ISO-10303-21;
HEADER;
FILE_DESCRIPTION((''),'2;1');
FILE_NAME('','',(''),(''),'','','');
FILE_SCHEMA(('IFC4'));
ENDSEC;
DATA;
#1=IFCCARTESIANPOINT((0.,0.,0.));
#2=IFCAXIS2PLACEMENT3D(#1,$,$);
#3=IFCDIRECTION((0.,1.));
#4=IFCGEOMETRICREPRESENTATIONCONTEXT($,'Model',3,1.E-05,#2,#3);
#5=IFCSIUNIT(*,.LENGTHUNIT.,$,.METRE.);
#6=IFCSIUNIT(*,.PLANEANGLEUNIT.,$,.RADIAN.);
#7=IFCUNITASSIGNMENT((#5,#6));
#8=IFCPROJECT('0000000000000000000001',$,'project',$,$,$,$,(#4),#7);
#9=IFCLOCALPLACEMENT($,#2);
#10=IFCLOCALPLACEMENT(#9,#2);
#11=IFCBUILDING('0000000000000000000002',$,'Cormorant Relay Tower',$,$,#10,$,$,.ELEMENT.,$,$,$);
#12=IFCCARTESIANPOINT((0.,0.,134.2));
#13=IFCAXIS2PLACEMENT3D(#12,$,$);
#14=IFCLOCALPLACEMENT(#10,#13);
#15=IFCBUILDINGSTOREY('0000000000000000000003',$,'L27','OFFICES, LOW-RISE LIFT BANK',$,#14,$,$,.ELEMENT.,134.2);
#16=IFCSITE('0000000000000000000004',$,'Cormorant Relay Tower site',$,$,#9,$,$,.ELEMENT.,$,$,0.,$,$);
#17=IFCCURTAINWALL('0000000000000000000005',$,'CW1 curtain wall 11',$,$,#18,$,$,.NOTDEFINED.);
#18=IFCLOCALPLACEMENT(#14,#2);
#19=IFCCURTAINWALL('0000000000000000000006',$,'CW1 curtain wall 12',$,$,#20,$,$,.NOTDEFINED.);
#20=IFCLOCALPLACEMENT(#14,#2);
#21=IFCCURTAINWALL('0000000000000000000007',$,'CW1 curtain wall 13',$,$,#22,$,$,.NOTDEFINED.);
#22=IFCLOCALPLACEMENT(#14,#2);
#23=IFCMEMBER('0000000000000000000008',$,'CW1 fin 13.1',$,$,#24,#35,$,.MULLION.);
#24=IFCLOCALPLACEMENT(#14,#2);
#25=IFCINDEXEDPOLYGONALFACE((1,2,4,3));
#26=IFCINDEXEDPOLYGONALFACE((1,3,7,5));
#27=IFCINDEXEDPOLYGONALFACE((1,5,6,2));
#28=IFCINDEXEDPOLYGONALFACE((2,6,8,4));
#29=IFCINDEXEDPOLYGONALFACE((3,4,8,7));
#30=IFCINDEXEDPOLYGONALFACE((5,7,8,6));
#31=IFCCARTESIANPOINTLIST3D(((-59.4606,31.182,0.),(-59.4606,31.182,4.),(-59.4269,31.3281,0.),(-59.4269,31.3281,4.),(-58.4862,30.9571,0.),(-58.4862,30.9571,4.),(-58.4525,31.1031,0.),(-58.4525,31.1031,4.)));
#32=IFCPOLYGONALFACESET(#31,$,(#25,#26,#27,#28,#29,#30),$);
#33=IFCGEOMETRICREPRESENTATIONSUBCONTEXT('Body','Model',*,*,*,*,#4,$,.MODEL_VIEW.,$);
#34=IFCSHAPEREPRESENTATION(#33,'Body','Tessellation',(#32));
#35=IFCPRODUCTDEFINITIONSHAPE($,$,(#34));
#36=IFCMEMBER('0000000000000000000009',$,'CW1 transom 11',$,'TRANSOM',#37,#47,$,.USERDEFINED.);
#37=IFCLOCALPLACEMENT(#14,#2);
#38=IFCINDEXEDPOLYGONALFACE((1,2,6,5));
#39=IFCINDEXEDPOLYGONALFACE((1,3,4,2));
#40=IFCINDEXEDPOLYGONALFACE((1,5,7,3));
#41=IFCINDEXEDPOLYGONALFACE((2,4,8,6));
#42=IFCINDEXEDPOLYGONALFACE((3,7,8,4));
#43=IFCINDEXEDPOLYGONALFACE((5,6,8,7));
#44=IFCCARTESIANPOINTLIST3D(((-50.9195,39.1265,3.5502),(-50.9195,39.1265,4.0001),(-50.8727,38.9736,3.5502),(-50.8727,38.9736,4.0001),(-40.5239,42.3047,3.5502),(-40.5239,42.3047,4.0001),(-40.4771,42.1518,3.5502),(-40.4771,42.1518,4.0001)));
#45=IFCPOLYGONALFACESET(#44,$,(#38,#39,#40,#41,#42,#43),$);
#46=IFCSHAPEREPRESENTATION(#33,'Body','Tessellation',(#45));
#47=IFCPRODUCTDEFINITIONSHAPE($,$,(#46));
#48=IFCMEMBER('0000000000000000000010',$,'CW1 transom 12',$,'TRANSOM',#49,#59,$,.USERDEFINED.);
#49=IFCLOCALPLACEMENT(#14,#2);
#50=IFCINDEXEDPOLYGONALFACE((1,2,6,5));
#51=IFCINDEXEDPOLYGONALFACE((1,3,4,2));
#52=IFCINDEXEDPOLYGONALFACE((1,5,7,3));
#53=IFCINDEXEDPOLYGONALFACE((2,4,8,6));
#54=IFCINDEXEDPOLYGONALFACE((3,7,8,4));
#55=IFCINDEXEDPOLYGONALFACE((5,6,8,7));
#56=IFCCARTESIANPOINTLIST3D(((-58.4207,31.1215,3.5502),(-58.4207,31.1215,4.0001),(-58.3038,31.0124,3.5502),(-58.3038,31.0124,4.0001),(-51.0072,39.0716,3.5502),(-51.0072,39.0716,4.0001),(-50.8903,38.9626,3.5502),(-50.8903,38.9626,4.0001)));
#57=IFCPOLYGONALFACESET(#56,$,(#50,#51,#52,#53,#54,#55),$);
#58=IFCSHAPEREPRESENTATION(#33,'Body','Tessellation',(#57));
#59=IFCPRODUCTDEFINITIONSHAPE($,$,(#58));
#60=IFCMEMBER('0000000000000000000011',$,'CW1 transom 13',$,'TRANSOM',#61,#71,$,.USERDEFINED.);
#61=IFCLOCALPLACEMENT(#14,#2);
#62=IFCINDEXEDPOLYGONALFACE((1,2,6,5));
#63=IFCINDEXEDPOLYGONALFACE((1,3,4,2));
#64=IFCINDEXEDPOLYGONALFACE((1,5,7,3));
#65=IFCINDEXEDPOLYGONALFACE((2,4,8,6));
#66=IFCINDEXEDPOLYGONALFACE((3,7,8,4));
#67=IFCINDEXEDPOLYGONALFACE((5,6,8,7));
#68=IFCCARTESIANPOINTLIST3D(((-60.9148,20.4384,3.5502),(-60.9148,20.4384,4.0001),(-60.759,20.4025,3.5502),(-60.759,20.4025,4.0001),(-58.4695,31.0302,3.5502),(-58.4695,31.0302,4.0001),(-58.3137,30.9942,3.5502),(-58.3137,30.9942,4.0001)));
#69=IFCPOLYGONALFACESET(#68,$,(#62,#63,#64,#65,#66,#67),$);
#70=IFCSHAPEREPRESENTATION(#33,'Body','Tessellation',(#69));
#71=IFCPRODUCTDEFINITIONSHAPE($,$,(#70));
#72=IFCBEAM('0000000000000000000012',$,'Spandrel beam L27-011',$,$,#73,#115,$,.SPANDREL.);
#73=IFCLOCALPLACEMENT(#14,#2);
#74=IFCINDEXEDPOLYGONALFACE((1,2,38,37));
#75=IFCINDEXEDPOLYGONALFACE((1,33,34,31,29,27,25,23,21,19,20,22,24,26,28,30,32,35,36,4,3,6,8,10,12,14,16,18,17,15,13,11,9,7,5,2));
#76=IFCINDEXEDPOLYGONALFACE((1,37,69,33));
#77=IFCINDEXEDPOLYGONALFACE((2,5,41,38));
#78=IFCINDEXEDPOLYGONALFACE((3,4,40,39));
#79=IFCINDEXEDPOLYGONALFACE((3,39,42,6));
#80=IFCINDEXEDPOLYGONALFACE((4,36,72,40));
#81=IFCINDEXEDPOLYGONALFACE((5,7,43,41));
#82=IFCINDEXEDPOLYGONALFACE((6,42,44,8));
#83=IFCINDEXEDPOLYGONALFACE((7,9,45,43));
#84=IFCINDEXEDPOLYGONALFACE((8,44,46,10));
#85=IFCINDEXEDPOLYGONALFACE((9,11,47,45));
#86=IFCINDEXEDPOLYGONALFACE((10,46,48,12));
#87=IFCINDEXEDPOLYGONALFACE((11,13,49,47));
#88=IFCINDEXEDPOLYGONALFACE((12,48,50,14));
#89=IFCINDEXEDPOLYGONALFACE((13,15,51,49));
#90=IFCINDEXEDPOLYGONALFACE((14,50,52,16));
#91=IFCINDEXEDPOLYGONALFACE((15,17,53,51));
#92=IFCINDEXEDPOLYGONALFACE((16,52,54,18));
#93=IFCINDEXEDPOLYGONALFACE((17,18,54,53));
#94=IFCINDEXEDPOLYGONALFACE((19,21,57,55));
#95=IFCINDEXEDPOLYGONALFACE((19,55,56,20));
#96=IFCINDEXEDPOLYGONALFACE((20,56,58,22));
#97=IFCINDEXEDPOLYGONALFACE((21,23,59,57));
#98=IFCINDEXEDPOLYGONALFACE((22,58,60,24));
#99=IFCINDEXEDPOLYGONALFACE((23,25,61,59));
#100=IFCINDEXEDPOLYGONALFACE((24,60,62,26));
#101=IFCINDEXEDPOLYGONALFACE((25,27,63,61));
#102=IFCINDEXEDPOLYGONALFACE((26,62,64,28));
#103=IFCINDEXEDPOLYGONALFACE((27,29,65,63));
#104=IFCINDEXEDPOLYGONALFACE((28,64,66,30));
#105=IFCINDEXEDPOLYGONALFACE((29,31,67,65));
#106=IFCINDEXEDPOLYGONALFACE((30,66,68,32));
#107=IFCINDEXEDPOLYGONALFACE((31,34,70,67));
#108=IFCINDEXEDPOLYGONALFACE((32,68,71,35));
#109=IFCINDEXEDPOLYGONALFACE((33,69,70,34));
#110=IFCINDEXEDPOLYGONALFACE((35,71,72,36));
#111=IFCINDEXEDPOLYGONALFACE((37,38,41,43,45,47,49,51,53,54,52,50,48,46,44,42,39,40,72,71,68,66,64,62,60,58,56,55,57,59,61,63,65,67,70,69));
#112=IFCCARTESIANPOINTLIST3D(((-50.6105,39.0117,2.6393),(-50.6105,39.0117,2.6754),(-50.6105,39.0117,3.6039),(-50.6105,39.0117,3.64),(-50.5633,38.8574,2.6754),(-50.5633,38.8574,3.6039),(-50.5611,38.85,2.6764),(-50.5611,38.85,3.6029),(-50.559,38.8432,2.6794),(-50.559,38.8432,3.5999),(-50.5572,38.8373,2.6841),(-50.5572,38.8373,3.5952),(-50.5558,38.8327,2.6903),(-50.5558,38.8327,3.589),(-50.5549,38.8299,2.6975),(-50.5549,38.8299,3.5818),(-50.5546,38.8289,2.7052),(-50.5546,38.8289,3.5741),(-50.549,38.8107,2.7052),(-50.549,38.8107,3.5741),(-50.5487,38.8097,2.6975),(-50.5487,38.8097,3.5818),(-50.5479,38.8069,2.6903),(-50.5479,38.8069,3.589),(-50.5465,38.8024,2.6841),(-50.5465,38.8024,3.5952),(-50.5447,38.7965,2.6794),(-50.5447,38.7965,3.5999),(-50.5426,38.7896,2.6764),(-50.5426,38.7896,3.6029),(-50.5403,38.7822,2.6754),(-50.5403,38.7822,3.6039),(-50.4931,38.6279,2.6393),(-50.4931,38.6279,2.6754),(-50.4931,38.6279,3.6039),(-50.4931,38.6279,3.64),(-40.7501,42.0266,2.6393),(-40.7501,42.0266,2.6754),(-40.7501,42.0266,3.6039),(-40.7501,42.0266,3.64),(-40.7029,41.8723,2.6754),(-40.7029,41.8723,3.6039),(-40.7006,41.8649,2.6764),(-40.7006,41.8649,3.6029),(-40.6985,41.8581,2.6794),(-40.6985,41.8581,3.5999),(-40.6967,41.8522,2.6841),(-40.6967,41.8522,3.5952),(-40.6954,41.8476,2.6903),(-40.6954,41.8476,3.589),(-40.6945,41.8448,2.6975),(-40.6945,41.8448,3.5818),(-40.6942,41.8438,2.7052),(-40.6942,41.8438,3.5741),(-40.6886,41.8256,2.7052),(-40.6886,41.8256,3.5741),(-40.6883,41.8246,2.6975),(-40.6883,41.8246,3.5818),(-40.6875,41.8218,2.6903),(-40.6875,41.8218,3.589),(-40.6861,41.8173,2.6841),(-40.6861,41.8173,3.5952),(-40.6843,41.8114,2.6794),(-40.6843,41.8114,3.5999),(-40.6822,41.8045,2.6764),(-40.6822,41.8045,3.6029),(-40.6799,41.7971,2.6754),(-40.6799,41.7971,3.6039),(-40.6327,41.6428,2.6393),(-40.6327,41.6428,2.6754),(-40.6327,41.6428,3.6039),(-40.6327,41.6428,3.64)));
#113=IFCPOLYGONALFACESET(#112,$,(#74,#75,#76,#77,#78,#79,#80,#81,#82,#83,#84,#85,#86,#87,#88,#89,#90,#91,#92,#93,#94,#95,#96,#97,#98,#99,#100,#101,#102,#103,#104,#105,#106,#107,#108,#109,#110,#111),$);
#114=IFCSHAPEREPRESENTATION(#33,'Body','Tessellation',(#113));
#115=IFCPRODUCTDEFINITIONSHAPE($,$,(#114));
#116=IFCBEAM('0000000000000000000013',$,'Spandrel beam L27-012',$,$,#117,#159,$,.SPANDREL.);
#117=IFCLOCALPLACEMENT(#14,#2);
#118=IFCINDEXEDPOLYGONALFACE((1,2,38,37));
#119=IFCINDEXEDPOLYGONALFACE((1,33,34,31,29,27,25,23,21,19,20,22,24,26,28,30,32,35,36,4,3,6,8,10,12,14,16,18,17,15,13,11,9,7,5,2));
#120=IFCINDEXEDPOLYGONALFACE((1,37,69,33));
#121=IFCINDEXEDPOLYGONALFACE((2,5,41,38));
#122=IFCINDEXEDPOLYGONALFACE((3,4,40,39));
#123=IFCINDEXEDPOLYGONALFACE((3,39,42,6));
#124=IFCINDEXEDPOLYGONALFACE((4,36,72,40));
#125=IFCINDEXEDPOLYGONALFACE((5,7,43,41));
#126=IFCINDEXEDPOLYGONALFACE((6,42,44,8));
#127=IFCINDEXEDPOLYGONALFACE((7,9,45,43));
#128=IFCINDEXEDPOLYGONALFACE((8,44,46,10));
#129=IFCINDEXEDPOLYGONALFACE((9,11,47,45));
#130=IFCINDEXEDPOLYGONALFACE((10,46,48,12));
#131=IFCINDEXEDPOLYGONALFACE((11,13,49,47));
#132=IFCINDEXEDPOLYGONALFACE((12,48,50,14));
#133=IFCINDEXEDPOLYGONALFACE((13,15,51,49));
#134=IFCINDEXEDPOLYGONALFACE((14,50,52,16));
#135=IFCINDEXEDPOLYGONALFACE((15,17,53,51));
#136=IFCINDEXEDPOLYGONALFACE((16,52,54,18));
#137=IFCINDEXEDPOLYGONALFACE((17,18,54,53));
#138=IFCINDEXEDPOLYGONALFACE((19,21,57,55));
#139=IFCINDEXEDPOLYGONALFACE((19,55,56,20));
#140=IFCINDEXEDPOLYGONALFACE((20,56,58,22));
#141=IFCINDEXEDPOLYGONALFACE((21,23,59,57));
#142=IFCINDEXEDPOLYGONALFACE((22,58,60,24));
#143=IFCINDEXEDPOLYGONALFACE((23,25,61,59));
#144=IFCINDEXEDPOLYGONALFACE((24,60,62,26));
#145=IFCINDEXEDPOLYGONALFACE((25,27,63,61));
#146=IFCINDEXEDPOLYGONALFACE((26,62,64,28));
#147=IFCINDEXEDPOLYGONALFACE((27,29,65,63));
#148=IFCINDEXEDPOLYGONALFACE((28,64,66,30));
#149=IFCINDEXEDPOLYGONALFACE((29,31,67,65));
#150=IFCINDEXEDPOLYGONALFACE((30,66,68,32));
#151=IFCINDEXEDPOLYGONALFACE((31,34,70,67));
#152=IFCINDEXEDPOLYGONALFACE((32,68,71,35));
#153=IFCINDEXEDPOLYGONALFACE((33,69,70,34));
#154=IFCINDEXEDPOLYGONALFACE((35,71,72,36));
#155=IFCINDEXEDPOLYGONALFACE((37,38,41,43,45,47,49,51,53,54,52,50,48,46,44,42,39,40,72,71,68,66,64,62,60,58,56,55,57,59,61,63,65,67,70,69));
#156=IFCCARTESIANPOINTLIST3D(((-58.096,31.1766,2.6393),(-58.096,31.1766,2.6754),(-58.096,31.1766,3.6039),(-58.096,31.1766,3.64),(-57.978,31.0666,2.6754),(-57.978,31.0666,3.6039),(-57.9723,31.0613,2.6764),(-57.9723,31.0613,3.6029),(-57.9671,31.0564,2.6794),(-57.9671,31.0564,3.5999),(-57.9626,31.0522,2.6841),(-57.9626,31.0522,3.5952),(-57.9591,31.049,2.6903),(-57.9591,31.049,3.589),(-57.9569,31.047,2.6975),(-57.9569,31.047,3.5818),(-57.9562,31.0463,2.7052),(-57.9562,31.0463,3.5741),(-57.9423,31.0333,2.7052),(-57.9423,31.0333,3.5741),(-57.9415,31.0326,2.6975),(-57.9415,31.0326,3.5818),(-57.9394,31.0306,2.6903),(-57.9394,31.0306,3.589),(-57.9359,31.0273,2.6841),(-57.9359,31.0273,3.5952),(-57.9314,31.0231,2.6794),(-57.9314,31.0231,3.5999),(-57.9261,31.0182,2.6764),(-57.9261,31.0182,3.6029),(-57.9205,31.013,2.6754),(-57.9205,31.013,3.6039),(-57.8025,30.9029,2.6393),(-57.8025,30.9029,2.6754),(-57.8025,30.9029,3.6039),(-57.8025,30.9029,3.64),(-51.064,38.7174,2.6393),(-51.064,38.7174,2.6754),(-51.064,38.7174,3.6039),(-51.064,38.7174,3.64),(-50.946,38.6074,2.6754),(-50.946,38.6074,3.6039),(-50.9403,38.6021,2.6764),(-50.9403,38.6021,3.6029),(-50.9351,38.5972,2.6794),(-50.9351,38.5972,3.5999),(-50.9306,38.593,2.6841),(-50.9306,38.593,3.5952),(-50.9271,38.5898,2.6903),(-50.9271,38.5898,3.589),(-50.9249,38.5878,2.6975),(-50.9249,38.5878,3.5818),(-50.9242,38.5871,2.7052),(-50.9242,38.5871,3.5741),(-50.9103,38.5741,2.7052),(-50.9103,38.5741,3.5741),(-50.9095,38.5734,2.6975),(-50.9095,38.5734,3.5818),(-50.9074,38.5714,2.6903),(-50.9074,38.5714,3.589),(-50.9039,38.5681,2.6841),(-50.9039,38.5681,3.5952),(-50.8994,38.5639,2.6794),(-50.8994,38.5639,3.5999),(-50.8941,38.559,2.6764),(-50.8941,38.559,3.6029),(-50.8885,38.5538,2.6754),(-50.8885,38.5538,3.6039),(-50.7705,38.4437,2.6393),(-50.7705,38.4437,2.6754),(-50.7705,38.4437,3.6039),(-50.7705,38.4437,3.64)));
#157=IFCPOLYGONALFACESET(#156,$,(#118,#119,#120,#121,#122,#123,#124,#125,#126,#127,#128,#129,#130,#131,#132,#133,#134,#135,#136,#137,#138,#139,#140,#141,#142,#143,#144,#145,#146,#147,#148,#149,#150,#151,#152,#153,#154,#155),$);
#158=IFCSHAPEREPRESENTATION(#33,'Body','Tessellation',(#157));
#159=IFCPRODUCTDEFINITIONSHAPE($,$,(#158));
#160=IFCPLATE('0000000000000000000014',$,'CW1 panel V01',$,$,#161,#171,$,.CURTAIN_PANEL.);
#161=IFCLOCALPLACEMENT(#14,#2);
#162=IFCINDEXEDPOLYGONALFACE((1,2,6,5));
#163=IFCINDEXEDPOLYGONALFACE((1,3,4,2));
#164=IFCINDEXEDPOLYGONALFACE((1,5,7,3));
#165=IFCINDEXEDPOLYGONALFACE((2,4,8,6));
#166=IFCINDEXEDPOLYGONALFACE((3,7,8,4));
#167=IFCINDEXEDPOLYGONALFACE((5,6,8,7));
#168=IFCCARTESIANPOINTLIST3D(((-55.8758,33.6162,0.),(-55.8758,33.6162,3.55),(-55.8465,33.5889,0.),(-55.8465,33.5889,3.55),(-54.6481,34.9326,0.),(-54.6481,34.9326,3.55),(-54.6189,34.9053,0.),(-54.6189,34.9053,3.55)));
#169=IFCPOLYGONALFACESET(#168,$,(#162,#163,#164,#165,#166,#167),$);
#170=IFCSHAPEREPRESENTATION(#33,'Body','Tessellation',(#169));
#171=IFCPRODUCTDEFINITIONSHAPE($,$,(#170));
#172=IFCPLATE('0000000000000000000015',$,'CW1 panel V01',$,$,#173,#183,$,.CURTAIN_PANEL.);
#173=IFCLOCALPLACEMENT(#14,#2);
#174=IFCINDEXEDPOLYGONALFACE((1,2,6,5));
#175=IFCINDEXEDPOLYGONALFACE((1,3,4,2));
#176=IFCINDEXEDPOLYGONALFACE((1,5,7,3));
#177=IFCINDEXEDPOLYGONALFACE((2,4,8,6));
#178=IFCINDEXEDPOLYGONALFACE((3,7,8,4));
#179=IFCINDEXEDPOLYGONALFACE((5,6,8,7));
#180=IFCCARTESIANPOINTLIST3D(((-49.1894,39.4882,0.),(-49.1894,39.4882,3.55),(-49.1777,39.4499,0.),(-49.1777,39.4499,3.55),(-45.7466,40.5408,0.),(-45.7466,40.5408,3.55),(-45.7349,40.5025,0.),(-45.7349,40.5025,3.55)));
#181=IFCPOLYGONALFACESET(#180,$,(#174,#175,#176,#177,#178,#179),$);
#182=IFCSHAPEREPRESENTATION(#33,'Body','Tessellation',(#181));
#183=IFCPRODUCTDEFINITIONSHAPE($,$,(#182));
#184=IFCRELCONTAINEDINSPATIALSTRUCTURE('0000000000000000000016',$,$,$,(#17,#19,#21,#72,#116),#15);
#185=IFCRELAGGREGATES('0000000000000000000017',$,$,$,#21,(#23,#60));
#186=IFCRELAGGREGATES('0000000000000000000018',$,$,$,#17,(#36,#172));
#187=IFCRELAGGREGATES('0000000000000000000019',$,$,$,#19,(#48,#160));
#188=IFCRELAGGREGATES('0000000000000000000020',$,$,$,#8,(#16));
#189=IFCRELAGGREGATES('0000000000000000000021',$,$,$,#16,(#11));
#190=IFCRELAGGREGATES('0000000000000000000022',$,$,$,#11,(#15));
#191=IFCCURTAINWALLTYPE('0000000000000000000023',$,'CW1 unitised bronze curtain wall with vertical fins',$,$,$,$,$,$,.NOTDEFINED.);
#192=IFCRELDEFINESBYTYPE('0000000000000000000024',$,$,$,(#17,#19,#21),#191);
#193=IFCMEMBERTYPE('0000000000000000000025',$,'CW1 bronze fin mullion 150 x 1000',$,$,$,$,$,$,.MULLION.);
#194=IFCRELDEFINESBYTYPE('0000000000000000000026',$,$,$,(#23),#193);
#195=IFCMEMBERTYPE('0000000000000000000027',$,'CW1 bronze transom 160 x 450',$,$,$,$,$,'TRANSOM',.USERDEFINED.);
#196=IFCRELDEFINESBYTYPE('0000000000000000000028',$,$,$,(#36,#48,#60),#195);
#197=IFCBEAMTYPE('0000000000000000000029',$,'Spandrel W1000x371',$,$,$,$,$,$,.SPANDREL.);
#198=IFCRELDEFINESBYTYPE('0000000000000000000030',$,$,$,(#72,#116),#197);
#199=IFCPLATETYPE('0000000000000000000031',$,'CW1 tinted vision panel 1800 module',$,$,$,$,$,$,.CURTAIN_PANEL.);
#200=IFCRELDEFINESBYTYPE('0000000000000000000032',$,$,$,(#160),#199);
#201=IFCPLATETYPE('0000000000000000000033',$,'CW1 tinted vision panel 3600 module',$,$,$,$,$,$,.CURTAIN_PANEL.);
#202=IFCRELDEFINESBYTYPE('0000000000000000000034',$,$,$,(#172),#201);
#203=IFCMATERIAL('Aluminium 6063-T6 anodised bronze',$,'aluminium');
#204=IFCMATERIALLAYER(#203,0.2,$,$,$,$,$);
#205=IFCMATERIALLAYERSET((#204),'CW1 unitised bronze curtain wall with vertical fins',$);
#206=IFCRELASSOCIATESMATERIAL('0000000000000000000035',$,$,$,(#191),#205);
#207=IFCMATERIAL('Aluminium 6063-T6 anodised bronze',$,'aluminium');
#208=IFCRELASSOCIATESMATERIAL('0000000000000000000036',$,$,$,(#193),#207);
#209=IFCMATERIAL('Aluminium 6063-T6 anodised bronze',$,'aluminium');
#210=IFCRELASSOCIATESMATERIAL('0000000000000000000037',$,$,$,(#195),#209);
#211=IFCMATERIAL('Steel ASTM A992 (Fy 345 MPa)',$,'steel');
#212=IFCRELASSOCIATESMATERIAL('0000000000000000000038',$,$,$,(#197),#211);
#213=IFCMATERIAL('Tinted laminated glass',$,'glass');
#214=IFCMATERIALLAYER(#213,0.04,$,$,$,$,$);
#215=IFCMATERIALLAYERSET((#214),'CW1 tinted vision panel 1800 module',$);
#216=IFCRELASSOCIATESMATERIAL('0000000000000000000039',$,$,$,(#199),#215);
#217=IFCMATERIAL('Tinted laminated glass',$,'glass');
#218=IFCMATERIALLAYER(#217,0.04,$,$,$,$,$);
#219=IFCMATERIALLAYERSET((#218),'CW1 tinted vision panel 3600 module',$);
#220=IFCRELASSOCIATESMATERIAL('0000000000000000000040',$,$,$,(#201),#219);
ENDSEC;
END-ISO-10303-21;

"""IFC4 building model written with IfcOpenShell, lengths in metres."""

from ifc_helpers import new_model, si_unit, direction, frame, origin, origin_2d, place, context, subcontext, project, spatial, rectangle, i_section, extrude, material, layer, layer_set, material_profile, profile_set, type_object, element, aggregate, save


model = new_model("IFC4")

# Units and contexts
model_context = context("Model", 3, precision=1e-05, world=origin(), true_north=direction((0.0, 1.0)))
body_context = subcontext(model_context, "Body", "Model", "MODEL_VIEW")
ifc_project = project(units=[si_unit("LENGTHUNIT", "METRE"), si_unit("PLANEANGLEUNIT", "RADIAN")], contexts=[model_context])

# Site, building, storey
site_placement = place(None, origin())
site = spatial("IfcSite", under=ifc_project, at=site_placement, Name="Cormorant Relay Tower site", CompositionType="ELEMENT", RefElevation=0.0)
building_placement = place(site_placement, origin())
building = spatial("IfcBuilding", under=site, at=building_placement, Name="Cormorant Relay Tower", CompositionType="ELEMENT")
storey_placement = place(building_placement, frame((0.0, 0.0, 134.2)))
storey = spatial("IfcBuildingStorey", under=building, at=storey_placement, Name="L27", Description="OFFICES, LOW-RISE LIFT BANK", CompositionType="ELEMENT", Elevation=134.2)

# Curtain walls
ifc_material_1 = material(Name="Aluminium 6063-T6 anodised bronze", Category="aluminium")
ifc_layer_1 = layer(ifc_material_1, 0.2)
ifc_layer_set_1 = layer_set([ifc_layer_1], Name="CW1 unitised bronze curtain wall with vertical fins")
curtain_wall_type = type_object("IfcCurtainWallType", Name="CW1 unitised bronze curtain wall with vertical fins", PredefinedType="NOTDEFINED", material=ifc_layer_set_1)
curtain_wall_1_placement = place(storey_placement, origin())
curtain_wall_1 = element("IfcCurtainWall", 1, at=curtain_wall_1_placement, inside=storey, type_object=curtain_wall_type, Name="CW1 curtain wall 11", PredefinedType="NOTDEFINED")
ifc_material_2 = material(Name="Aluminium 6063-T6 anodised bronze", Category="aluminium")
ifc_material_profile_1 = material_profile(ifc_material_2, rectangle(XDim=0.1499, YDim=1.0, at=origin_2d()), Name="AL 150x1000")
ifc_profile_set_1 = profile_set([ifc_material_profile_1], Name="Aluminium 6063-T6 anodised bronze")
member_type_1 = type_object("IfcMemberType", Name="CW1 bronze fin mullion 150 x 1000", PredefinedType="MULLION", material=ifc_profile_set_1)
curtain_wall_2_placement = place(storey_placement, origin())
curtain_wall_2 = element("IfcCurtainWall", 2, at=curtain_wall_2_placement, inside=storey, type_object=curtain_wall_type, Name="CW1 curtain wall 12", PredefinedType="NOTDEFINED")

# Curtain wall, member
curtain_wall_3_placement = place(storey_placement, origin())
curtain_wall_3 = element("IfcCurtainWall", 3, at=curtain_wall_3_placement, inside=storey, type_object=curtain_wall_type, Name="CW1 curtain wall 13", PredefinedType="NOTDEFINED")
member_1_placement = place(storey_placement, frame((-58.9565, 31.1426, 0.0), z_axis=(0.0, 0.0, 1.0), x_axis=(-0.224951, -0.97437, 0.0)))
member_1 = element("IfcMember", 4, at=member_1_placement, type_object=member_type_1, Name="CW1 fin 13.1", PredefinedType="MULLION", context=body_context, shape_type="SweptSolid", body=[
    extrude(rectangle(XDim=0.1499, YDim=1.0, at=origin_2d()), origin(), (0.0, 0.0, 1.0), 4.0),
])

# Members
ifc_material_3 = material(Name="Aluminium 6063-T6 anodised bronze", Category="aluminium")
ifc_material_profile_2 = material_profile(ifc_material_3, rectangle(XDim=0.1599, YDim=0.45, at=origin_2d()), Name="AL 160x450")
ifc_profile_set_2 = profile_set([ifc_material_profile_2], Name="Aluminium 6063-T6 anodised bronze")
member_type_2 = type_object("IfcMemberType", Name="CW1 bronze transom 160 x 450", ElementType="TRANSOM", PredefinedType="USERDEFINED", material=ifc_profile_set_2)
member_2_placement = place(storey_placement, frame((-40.5005, 42.2283, 3.7751), z_axis=(-0.956305, -0.292371, 0.0), x_axis=(0.292371, -0.956305, 0.0)))
member_2 = element("IfcMember", 5, at=member_2_placement, type_object=member_type_2, Name="CW1 transom 11", ObjectType="TRANSOM", PredefinedType="USERDEFINED", context=body_context, shape_type="SweptSolid", body=[
    extrude(rectangle(XDim=0.1599, YDim=0.45, at=origin_2d()), origin(), (0.0, 0.0, 1.0), 10.8706),
])
member_3_placement = place(storey_placement, frame((-50.9487, 39.0171, 3.7751), z_axis=(-0.681993, -0.731358, 0.0), x_axis=(0.731358, -0.681993, 0.0)))
member_3 = element("IfcMember", 6, at=member_3_placement, type_object=member_type_2, Name="CW1 transom 12", ObjectType="TRANSOM", PredefinedType="USERDEFINED", context=body_context, shape_type="SweptSolid", body=[
    extrude(rectangle(XDim=0.1599, YDim=0.45, at=origin_2d()), origin(), (0.0, 0.0, 1.0), 10.8704),
])
member_4_placement = place(storey_placement, frame((-58.3916, 31.0122, 3.7751), z_axis=(-0.224951, -0.97437, 0.0), x_axis=(0.97437, -0.224951, 0.0)))
member_4 = element("IfcMember", 7, at=member_4_placement, type_object=member_type_2, Name="CW1 transom 13", ObjectType="TRANSOM", PredefinedType="USERDEFINED", context=body_context, shape_type="SweptSolid", body=[
    extrude(rectangle(XDim=0.1599, YDim=0.45, at=origin_2d()), origin(), (0.0, 0.0, 1.0), 10.8704),
])
aggregate(curtain_wall_3, [member_1, member_4])

# Beams
ifc_material_4 = material(Name="Steel ASTM A992 (Fy 345 MPa)", Category="steel")
ifc_material_profile_3 = material_profile(ifc_material_4, i_section(OverallWidth=0.4014, OverallDepth=1.0007, WebThickness=0.019, FlangeThickness=0.0361, FilletRadius=0.0298, at=origin_2d()), Name="W1000x371")
ifc_profile_set_3 = profile_set([ifc_material_profile_3], Name="Steel ASTM A992 (Fy 345 MPa)")
beam_type = type_object("IfcBeamType", Name="Spandrel W1000x371", PredefinedType="SPANDREL", material=ifc_profile_set_3)
beam_1_placement = place(storey_placement, frame((-40.6914, 41.8347, 3.1396), z_axis=(-0.956297, -0.292397, 0.0), x_axis=(0.292397, -0.956297, 0.0)))
element("IfcBeam", 8, at=beam_1_placement, inside=storey, type_object=beam_type, Name="Spandrel beam L27-011", PredefinedType="SPANDREL", context=body_context, shape_type="SweptSolid", body=[
    extrude(i_section(OverallWidth=0.4014, OverallDepth=1.0007, WebThickness=0.019, FlangeThickness=0.0361, FilletRadius=0.0298, at=origin_2d()), origin(), (0.0, 0.0, 1.0), 10.311),
])
beam_2_placement = place(storey_placement, frame((-50.9172, 38.5806, 3.1396), z_axis=(-0.682004, -0.731349, 0.0), x_axis=(0.731349, -0.682004, 0.0)))
element("IfcBeam", 9, at=beam_2_placement, inside=storey, type_object=beam_type, Name="Spandrel beam L27-012", PredefinedType="SPANDREL", context=body_context, shape_type="SweptSolid", body=[
    extrude(i_section(OverallWidth=0.4014, OverallDepth=1.0007, WebThickness=0.019, FlangeThickness=0.0361, FilletRadius=0.0298, at=origin_2d()), origin(), (0.0, 0.0, 1.0), 10.3108),
])

# Plates
ifc_material_5 = material(Name="Tinted laminated glass", Category="glass")
ifc_layer_2 = layer(ifc_material_5, 0.04)
ifc_layer_set_2 = layer_set([ifc_layer_2], Name="CW1 tinted vision panel 1800 module")
plate_type_1 = type_object("IfcPlateType", Name="CW1 tinted vision panel 1800 module", PredefinedType="CURTAIN_PANEL", material=ifc_layer_set_2)
plate_1_placement = place(storey_placement, frame((-55.2473, 34.2607, 0.0), z_axis=(0.0, 0.0, 1.0), x_axis=(-0.681998, -0.731354, 0.0)))
plate_1 = element("IfcPlate", 10, at=plate_1_placement, type_object=plate_type_1, Name="CW1 panel V01", PredefinedType="CURTAIN_PANEL", context=body_context, shape_type="SweptSolid", body=[
    extrude(rectangle(XDim=1.8, YDim=0.04, at=origin_2d()), origin(), (0.0, 0.0, 1.0), 3.55),
])
ifc_material_6 = material(Name="Tinted laminated glass", Category="glass")
ifc_layer_3 = layer(ifc_material_6, 0.04)
ifc_layer_set_3 = layer_set([ifc_layer_3], Name="CW1 tinted vision panel 3600 module")
plate_type_2 = type_object("IfcPlateType", Name="CW1 tinted vision panel 3600 module", PredefinedType="CURTAIN_PANEL", material=ifc_layer_set_3)
plate_2_placement = place(storey_placement, frame((-47.4622, 39.9954, 0.0), z_axis=(0.0, 0.0, 1.0), x_axis=(-0.956305, -0.292372, 0.0)))
plate_2 = element("IfcPlate", 11, at=plate_2_placement, type_object=plate_type_2, Name="CW1 panel V01", PredefinedType="CURTAIN_PANEL", context=body_context, shape_type="SweptSolid", body=[
    extrude(rectangle(XDim=3.6001, YDim=0.04, at=origin_2d()), origin(), (0.0, 0.0, 1.0), 3.55),
])

aggregate(curtain_wall_1, [member_2, plate_2])
aggregate(curtain_wall_2, [member_3, plate_1])

save(model, "model.ifc")
